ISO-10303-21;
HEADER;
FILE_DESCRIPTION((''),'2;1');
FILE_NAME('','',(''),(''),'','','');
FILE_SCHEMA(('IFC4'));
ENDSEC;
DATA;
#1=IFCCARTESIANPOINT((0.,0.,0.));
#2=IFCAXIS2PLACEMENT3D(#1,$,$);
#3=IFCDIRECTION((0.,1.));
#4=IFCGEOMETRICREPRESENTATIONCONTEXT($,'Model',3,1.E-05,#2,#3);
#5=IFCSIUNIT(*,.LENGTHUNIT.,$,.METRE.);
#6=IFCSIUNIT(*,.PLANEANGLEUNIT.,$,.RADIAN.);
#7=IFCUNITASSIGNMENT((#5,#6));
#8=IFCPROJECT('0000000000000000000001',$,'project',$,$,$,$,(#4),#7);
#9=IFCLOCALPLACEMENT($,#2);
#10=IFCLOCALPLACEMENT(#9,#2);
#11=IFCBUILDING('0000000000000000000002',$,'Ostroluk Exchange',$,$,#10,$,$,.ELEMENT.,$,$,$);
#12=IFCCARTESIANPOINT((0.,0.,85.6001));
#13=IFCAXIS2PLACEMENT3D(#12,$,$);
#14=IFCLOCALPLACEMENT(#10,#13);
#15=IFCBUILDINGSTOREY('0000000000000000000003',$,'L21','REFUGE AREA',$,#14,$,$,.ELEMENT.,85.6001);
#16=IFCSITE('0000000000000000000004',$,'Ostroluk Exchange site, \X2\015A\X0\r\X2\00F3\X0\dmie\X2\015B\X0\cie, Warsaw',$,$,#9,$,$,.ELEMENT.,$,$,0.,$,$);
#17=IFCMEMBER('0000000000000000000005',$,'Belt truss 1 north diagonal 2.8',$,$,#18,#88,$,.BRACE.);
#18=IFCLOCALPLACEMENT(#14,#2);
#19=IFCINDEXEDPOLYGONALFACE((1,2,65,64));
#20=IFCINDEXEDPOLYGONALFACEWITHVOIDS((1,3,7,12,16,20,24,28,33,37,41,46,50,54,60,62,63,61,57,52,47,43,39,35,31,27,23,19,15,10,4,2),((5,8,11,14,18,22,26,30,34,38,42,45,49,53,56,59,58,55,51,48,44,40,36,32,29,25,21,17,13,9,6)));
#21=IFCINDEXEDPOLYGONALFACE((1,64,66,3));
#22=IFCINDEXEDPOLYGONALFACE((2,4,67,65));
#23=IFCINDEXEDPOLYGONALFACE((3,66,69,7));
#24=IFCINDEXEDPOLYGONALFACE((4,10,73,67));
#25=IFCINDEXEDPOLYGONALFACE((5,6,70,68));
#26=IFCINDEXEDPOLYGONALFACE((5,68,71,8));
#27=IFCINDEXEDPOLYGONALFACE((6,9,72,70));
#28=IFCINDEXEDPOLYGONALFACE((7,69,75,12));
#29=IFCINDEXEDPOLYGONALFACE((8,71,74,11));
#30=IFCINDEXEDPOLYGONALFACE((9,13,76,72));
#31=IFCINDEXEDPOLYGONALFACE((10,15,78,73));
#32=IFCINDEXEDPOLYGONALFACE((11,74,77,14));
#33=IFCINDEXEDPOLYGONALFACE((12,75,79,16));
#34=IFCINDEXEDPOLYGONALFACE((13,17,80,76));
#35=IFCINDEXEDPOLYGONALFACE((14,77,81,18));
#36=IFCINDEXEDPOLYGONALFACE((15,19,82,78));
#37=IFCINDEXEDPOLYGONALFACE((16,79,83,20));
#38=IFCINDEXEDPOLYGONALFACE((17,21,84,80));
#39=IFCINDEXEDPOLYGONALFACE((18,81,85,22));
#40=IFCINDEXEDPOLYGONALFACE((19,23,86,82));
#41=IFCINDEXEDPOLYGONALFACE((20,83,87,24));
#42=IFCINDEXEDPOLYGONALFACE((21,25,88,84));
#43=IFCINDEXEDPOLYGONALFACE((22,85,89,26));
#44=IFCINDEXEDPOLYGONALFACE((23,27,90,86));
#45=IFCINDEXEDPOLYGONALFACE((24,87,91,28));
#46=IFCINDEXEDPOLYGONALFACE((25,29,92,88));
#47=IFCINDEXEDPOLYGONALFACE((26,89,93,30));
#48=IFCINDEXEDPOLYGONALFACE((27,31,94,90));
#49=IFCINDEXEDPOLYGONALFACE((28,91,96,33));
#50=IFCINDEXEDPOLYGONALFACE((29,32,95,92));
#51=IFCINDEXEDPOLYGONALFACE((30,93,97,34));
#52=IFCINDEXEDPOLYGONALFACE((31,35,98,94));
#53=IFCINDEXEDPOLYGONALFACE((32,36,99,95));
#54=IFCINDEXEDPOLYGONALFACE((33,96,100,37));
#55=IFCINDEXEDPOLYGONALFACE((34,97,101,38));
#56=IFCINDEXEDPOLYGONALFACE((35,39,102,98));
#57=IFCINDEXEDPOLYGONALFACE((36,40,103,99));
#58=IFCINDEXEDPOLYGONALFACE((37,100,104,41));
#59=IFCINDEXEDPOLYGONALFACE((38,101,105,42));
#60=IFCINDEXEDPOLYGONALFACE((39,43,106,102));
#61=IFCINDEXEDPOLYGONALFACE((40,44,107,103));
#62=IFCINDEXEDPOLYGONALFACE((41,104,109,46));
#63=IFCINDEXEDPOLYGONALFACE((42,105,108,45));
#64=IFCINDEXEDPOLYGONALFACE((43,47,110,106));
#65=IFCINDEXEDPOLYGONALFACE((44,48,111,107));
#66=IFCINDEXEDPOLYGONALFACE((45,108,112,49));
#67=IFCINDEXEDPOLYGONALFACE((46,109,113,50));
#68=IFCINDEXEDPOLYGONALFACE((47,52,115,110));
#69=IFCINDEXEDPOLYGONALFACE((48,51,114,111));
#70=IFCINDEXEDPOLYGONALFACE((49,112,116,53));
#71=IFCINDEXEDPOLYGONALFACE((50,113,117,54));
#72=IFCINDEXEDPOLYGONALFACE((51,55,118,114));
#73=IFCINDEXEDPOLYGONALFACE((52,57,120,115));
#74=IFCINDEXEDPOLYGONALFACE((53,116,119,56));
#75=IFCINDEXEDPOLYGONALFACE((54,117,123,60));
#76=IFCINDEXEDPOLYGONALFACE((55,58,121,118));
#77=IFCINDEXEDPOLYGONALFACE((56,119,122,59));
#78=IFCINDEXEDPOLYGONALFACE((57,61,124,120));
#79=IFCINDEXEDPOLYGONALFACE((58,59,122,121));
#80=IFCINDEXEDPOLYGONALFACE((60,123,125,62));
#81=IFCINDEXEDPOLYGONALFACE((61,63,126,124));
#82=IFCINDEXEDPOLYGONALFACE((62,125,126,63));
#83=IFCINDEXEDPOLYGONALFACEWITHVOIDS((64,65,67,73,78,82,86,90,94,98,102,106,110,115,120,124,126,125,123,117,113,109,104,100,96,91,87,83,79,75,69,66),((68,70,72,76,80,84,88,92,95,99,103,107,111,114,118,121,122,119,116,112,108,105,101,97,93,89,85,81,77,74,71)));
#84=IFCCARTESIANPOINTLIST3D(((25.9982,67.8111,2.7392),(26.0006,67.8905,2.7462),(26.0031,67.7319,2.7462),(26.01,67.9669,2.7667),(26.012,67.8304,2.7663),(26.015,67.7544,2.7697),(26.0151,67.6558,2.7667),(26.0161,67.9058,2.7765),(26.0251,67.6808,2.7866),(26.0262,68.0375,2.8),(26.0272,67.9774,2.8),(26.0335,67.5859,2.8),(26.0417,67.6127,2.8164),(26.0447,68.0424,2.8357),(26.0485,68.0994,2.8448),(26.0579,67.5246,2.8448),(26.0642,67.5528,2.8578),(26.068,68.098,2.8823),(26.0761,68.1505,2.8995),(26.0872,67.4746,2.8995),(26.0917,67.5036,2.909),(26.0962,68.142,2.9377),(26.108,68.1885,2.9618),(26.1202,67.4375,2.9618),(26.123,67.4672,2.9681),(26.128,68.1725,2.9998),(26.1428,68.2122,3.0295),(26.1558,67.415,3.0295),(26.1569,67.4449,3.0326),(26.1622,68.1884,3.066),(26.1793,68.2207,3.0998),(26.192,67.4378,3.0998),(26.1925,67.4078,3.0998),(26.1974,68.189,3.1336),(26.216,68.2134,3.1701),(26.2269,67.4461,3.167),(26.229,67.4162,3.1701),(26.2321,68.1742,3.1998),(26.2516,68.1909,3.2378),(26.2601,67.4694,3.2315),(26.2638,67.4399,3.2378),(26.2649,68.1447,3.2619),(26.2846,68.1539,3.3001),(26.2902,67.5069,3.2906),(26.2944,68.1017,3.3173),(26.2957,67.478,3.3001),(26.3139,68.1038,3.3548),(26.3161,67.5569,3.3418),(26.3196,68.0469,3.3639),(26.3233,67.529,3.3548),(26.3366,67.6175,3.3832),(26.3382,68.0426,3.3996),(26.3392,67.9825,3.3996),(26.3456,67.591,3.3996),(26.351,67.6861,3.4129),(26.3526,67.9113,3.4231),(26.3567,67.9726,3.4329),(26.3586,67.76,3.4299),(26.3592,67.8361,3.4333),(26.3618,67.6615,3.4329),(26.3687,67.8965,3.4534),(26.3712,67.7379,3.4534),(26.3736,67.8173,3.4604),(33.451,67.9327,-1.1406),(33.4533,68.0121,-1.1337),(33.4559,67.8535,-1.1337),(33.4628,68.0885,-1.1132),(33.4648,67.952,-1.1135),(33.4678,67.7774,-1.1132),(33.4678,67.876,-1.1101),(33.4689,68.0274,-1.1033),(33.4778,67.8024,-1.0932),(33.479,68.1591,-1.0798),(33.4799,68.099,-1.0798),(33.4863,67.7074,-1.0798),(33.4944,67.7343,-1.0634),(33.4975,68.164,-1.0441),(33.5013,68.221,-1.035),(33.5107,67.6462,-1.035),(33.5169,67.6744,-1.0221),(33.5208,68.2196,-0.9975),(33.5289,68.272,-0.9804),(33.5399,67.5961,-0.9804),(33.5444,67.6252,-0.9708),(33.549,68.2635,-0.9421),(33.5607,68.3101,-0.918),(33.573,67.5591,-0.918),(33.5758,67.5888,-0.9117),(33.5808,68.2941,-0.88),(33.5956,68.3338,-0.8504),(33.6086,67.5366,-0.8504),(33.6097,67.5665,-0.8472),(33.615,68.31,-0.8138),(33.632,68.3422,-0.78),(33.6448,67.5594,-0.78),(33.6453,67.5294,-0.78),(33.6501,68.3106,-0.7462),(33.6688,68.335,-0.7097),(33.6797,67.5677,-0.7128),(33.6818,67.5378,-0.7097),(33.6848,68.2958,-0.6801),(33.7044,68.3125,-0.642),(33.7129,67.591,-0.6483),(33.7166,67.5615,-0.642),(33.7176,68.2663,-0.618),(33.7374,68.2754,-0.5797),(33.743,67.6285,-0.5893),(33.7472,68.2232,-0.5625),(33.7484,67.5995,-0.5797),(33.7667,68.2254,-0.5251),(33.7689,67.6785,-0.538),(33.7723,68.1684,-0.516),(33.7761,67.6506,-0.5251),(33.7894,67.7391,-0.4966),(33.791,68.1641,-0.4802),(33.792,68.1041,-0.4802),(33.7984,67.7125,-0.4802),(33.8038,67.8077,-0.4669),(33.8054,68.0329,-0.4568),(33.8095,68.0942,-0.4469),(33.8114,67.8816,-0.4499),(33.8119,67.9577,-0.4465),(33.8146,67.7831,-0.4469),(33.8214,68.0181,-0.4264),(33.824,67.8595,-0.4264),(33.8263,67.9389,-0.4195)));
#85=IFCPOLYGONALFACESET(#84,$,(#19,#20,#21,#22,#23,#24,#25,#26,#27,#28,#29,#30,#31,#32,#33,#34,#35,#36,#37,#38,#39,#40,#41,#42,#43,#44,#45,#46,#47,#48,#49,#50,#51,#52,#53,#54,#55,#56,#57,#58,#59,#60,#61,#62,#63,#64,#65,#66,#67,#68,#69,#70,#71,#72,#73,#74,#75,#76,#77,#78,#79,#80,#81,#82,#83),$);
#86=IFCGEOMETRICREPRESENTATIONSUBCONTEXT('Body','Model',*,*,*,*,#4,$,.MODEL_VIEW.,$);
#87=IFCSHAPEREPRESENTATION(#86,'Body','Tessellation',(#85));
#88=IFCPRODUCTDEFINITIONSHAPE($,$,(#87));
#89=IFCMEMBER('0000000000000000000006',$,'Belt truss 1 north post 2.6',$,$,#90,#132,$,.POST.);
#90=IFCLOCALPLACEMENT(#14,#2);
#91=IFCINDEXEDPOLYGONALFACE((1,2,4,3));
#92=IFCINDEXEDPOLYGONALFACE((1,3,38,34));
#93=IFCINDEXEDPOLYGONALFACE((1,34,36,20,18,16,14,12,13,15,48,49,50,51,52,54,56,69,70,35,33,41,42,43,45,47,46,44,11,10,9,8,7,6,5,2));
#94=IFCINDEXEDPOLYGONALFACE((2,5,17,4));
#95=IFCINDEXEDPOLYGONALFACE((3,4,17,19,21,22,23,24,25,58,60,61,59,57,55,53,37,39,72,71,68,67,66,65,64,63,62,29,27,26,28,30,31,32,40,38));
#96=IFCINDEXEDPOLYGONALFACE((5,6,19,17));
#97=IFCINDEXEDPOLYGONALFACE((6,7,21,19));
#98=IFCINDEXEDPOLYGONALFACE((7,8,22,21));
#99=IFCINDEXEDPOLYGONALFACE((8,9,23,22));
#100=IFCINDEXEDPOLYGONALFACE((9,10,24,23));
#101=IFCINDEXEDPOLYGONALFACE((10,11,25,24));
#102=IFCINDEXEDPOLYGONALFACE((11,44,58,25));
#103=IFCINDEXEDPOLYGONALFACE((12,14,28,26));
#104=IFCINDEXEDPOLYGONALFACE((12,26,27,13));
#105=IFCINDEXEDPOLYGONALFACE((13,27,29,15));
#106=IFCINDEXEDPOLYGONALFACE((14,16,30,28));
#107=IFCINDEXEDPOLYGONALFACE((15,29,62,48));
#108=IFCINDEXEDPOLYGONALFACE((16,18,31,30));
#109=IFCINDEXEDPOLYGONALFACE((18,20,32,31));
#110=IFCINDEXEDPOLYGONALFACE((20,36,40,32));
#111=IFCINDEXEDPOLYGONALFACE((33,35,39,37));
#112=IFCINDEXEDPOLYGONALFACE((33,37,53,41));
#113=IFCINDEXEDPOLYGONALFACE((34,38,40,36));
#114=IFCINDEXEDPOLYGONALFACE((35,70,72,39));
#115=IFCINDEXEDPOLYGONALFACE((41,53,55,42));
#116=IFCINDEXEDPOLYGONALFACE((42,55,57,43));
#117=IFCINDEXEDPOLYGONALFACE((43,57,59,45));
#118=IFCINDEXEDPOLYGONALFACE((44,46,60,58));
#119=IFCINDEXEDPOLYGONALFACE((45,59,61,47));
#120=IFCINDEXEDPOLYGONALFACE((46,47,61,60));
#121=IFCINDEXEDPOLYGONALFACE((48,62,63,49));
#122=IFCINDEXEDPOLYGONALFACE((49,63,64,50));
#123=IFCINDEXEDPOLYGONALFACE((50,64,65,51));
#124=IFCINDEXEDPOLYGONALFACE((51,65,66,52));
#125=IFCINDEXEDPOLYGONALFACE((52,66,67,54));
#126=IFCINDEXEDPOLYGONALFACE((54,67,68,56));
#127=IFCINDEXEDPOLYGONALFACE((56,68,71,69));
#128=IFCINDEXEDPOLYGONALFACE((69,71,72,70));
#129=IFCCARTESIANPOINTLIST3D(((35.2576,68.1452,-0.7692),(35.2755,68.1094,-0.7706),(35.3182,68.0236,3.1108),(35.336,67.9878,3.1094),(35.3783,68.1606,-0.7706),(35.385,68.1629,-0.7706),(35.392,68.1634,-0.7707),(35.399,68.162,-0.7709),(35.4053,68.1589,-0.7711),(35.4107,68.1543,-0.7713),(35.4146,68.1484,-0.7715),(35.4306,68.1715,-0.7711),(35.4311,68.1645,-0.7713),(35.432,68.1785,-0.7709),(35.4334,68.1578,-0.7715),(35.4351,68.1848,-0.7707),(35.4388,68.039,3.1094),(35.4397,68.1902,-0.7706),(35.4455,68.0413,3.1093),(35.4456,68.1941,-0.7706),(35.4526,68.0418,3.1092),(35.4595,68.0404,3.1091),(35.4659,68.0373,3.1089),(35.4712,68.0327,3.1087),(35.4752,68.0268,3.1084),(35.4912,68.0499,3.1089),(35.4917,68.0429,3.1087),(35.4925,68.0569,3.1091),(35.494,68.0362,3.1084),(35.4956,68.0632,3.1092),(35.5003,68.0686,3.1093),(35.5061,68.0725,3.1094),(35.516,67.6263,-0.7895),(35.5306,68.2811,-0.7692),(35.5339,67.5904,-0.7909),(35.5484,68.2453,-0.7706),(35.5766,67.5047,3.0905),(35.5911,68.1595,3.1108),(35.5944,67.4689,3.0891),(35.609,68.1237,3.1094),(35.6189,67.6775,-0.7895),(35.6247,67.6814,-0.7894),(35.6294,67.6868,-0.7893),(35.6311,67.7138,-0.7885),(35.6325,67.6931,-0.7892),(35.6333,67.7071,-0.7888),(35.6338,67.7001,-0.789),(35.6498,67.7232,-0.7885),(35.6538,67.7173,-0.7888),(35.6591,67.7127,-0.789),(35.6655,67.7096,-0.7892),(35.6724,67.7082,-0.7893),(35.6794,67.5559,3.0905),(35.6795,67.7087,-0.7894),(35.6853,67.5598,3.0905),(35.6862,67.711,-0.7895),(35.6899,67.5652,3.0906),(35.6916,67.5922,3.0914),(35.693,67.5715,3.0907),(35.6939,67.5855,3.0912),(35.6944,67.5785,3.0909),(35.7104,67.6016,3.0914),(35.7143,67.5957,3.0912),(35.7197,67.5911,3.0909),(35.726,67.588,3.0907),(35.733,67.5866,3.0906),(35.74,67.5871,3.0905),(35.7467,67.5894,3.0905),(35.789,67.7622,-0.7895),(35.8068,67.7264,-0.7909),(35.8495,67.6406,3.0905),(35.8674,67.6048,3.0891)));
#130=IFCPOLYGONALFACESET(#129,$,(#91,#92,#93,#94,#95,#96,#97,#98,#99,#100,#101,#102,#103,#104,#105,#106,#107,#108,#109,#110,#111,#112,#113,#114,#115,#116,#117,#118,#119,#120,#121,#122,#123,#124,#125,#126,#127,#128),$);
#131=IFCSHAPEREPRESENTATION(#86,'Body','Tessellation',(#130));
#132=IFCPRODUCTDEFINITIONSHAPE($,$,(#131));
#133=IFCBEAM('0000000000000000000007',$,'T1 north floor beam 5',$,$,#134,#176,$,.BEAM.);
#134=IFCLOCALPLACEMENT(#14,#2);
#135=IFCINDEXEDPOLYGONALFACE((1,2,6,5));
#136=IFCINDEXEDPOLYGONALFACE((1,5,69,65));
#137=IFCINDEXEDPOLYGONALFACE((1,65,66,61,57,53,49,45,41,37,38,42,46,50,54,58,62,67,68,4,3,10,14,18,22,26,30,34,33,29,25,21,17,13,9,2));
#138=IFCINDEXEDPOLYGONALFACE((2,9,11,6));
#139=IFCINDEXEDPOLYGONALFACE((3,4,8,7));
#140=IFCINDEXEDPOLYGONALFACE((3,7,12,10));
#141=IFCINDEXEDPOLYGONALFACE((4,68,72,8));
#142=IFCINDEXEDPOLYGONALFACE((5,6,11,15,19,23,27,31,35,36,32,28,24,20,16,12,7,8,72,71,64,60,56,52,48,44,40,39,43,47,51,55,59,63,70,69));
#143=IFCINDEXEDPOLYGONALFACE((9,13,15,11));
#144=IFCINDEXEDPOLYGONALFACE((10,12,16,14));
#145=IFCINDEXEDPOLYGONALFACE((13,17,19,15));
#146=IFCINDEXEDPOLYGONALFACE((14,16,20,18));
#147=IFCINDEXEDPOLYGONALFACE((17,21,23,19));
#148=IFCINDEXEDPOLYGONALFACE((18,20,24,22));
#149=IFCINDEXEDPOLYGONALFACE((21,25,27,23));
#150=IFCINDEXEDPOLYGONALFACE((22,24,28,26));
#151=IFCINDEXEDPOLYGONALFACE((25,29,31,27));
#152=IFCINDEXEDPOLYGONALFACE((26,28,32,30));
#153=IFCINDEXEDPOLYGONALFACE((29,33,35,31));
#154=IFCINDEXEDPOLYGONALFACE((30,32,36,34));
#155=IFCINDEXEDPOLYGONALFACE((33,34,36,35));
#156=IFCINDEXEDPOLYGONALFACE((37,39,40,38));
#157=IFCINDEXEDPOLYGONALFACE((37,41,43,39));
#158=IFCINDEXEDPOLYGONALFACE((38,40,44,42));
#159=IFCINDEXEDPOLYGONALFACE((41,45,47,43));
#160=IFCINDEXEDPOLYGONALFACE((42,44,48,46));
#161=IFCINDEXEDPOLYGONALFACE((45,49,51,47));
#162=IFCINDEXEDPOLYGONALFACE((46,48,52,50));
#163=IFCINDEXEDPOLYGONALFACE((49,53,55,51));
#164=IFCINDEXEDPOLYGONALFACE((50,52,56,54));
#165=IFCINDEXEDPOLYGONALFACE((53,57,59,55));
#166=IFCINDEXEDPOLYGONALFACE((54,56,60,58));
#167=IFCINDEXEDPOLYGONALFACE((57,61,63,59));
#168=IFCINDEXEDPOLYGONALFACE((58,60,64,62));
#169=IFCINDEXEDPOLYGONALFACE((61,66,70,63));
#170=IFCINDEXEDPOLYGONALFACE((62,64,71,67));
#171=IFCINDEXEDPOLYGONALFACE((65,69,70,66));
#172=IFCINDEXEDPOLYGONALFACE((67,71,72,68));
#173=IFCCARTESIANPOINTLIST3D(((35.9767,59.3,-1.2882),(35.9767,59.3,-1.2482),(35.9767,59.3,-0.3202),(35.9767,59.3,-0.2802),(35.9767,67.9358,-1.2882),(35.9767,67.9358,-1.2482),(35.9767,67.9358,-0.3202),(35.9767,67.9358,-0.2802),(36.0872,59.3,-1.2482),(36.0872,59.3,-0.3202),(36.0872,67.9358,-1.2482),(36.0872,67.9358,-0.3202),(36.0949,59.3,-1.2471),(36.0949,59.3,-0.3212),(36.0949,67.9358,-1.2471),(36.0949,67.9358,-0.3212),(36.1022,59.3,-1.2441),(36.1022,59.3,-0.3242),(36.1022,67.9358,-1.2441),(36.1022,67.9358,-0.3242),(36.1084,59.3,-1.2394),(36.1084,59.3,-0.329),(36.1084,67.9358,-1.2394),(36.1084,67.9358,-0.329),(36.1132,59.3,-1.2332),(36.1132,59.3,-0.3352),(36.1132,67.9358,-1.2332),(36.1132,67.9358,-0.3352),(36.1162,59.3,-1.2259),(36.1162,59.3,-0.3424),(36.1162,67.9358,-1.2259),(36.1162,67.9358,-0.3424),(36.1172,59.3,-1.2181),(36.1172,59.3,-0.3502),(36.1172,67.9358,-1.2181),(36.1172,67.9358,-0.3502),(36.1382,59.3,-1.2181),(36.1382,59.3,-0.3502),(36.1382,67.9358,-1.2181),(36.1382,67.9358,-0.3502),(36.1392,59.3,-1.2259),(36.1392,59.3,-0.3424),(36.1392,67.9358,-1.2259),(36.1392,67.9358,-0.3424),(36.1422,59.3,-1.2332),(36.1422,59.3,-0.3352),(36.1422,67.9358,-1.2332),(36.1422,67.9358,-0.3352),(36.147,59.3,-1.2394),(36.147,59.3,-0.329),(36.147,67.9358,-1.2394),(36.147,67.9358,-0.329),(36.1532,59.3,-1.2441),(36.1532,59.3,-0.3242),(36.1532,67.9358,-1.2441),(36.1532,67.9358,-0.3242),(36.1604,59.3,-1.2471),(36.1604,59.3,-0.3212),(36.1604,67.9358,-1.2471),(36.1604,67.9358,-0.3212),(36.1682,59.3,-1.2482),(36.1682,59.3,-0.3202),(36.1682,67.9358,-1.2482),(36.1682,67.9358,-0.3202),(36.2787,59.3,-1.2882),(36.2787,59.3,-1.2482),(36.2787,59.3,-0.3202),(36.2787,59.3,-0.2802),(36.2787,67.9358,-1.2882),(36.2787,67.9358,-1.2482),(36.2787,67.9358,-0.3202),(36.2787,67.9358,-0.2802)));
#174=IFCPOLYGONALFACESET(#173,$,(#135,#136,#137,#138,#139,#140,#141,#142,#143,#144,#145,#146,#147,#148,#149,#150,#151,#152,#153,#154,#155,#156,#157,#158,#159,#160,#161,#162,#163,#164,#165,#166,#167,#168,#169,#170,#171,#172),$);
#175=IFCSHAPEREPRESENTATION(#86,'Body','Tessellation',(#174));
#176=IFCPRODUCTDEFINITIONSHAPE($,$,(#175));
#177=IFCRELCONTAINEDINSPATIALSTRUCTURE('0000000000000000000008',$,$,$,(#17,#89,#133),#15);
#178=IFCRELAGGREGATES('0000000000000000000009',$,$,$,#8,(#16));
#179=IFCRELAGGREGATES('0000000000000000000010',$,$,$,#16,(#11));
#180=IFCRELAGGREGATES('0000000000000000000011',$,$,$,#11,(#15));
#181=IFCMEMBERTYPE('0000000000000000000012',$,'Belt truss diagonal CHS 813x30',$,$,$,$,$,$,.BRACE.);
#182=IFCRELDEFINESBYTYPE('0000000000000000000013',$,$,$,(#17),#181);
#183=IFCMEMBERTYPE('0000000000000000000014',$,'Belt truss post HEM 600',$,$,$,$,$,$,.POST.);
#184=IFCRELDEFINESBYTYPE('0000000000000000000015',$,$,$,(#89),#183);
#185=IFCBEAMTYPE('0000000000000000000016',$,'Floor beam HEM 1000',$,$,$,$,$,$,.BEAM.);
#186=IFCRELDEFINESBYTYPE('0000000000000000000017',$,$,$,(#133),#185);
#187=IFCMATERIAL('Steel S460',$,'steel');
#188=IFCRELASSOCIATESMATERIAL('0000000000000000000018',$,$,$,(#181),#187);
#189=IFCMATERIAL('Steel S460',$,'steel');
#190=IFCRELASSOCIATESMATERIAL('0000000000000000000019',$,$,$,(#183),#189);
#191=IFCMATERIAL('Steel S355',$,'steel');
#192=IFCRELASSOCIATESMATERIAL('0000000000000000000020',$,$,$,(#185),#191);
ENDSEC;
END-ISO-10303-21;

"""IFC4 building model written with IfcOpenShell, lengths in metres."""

from ifc_helpers import new_model, si_unit, direction, frame, origin, origin_2d, place, context, subcontext, project, spatial, hollow_circle, i_section, extrude, material, material_profile, profile_set, type_object, element, save


model = new_model("IFC4")

# Units and contexts
model_context = context("Model", 3, precision=1e-05, world=origin(), true_north=direction((0.0, 1.0)))
body_context = subcontext(model_context, "Body", "Model", "MODEL_VIEW")
ifc_project = project(units=[si_unit("LENGTHUNIT", "METRE"), si_unit("PLANEANGLEUNIT", "RADIAN")], contexts=[model_context])

# Site, building, storey
site_placement = place(None, origin())
site = spatial("IfcSite", under=ifc_project, at=site_placement, Name="Ostroluk Exchange site, Śródmieście, Warsaw", CompositionType="ELEMENT", RefElevation=0.0)
building_placement = place(site_placement, origin())
building = spatial("IfcBuilding", under=site, at=building_placement, Name="Ostroluk Exchange", CompositionType="ELEMENT")
storey_placement = place(building_placement, frame((0.0, 0.0, 85.6001)))
storey = spatial("IfcBuildingStorey", under=building, at=storey_placement, Name="L21", Description="REFUGE AREA", CompositionType="ELEMENT", Elevation=85.6001)

# Members
ifc_material_1 = material(Name="Steel S460", Category="steel")
ifc_material_profile_1 = material_profile(ifc_material_1, hollow_circle(Radius=0.4065, WallThickness=0.03, at=origin_2d()), Name="CHS 813x30")
ifc_profile_set_1 = profile_set([ifc_material_profile_1], Name="Steel S460")
member_type_1 = type_object("IfcMemberType", Name="Belt truss diagonal CHS 813x30", PredefinedType="BRACE", material=ifc_profile_set_1)
member_1_placement = place(storey_placement, frame((33.6387, 67.9358, -0.78), z_axis=(-0.88691, -0.014469, 0.461715), x_axis=(0.016311, -0.999867, 0.0)))
element("IfcMember", 1, at=member_1_placement, inside=storey, type_object=member_type_1, Name="Belt truss 1 north diagonal 2.8", PredefinedType="BRACE", context=body_context, shape_type="SweptSolid", body=[
    extrude(hollow_circle(Radius=0.4065, WallThickness=0.03, at=origin_2d()), origin(), (0.0, 0.0, 1.0), 8.4031),
])
ifc_material_2 = material(Name="Steel S460", Category="steel")
ifc_material_profile_2 = material_profile(ifc_material_2, i_section(OverallWidth=0.3049, OverallDepth=0.6201, WebThickness=0.021, FlangeThickness=0.04, FilletRadius=0.0271, at=origin_2d()), Name="HEM 600")
ifc_profile_set_2 = profile_set([ifc_material_profile_2], Name="Steel S460")
member_type_2 = type_object("IfcMemberType", Name="Belt truss post HEM 600", PredefinedType="POST", material=ifc_profile_set_2)
member_2_placement = place(storey_placement, frame((35.5322, 67.9358, -0.78), z_axis=(0.015596, -0.031317, 0.999388), x_axis=(0.895145, 0.445775, 0.0)))
element("IfcMember", 2, at=member_2_placement, inside=storey, type_object=member_type_2, Name="Belt truss 1 north post 2.6", PredefinedType="POST", context=body_context, shape_type="SweptSolid", body=[
    extrude(i_section(OverallWidth=0.3049, OverallDepth=0.6201, WebThickness=0.021, FlangeThickness=0.04, FilletRadius=0.0271, at=origin_2d()), origin(), (0.0, 0.0, 1.0), 3.8823),
])

# Beam
ifc_material_3 = material(Name="Steel S355", Category="steel")
ifc_material_profile_3 = material_profile(ifc_material_3, i_section(OverallWidth=0.302, OverallDepth=1.0081, WebThickness=0.021, FlangeThickness=0.04, FilletRadius=0.03, at=origin_2d()), Name="HEM 1000")
ifc_profile_set_3 = profile_set([ifc_material_profile_3], Name="Steel S355")
beam_type_1 = type_object("IfcBeamType", Name="Floor beam HEM 1000", PredefinedType="BEAM", material=ifc_profile_set_3)
beam_placement = place(storey_placement, frame((36.1277, 59.3, -0.7842), z_axis=(0.0, 1.0, 0.0), x_axis=(-1.0, 0.0, 0.0)))
element("IfcBeam", 3, at=beam_placement, inside=storey, type_object=beam_type_1, Name="T1 north floor beam 5", PredefinedType="BEAM", context=body_context, shape_type="SweptSolid", body=[
    extrude(i_section(OverallWidth=0.302, OverallDepth=1.0081, WebThickness=0.021, FlangeThickness=0.04, FilletRadius=0.03, at=origin_2d()), origin(), (0.0, 0.0, 1.0), 8.6357),
])

save(model, "model.ifc")
